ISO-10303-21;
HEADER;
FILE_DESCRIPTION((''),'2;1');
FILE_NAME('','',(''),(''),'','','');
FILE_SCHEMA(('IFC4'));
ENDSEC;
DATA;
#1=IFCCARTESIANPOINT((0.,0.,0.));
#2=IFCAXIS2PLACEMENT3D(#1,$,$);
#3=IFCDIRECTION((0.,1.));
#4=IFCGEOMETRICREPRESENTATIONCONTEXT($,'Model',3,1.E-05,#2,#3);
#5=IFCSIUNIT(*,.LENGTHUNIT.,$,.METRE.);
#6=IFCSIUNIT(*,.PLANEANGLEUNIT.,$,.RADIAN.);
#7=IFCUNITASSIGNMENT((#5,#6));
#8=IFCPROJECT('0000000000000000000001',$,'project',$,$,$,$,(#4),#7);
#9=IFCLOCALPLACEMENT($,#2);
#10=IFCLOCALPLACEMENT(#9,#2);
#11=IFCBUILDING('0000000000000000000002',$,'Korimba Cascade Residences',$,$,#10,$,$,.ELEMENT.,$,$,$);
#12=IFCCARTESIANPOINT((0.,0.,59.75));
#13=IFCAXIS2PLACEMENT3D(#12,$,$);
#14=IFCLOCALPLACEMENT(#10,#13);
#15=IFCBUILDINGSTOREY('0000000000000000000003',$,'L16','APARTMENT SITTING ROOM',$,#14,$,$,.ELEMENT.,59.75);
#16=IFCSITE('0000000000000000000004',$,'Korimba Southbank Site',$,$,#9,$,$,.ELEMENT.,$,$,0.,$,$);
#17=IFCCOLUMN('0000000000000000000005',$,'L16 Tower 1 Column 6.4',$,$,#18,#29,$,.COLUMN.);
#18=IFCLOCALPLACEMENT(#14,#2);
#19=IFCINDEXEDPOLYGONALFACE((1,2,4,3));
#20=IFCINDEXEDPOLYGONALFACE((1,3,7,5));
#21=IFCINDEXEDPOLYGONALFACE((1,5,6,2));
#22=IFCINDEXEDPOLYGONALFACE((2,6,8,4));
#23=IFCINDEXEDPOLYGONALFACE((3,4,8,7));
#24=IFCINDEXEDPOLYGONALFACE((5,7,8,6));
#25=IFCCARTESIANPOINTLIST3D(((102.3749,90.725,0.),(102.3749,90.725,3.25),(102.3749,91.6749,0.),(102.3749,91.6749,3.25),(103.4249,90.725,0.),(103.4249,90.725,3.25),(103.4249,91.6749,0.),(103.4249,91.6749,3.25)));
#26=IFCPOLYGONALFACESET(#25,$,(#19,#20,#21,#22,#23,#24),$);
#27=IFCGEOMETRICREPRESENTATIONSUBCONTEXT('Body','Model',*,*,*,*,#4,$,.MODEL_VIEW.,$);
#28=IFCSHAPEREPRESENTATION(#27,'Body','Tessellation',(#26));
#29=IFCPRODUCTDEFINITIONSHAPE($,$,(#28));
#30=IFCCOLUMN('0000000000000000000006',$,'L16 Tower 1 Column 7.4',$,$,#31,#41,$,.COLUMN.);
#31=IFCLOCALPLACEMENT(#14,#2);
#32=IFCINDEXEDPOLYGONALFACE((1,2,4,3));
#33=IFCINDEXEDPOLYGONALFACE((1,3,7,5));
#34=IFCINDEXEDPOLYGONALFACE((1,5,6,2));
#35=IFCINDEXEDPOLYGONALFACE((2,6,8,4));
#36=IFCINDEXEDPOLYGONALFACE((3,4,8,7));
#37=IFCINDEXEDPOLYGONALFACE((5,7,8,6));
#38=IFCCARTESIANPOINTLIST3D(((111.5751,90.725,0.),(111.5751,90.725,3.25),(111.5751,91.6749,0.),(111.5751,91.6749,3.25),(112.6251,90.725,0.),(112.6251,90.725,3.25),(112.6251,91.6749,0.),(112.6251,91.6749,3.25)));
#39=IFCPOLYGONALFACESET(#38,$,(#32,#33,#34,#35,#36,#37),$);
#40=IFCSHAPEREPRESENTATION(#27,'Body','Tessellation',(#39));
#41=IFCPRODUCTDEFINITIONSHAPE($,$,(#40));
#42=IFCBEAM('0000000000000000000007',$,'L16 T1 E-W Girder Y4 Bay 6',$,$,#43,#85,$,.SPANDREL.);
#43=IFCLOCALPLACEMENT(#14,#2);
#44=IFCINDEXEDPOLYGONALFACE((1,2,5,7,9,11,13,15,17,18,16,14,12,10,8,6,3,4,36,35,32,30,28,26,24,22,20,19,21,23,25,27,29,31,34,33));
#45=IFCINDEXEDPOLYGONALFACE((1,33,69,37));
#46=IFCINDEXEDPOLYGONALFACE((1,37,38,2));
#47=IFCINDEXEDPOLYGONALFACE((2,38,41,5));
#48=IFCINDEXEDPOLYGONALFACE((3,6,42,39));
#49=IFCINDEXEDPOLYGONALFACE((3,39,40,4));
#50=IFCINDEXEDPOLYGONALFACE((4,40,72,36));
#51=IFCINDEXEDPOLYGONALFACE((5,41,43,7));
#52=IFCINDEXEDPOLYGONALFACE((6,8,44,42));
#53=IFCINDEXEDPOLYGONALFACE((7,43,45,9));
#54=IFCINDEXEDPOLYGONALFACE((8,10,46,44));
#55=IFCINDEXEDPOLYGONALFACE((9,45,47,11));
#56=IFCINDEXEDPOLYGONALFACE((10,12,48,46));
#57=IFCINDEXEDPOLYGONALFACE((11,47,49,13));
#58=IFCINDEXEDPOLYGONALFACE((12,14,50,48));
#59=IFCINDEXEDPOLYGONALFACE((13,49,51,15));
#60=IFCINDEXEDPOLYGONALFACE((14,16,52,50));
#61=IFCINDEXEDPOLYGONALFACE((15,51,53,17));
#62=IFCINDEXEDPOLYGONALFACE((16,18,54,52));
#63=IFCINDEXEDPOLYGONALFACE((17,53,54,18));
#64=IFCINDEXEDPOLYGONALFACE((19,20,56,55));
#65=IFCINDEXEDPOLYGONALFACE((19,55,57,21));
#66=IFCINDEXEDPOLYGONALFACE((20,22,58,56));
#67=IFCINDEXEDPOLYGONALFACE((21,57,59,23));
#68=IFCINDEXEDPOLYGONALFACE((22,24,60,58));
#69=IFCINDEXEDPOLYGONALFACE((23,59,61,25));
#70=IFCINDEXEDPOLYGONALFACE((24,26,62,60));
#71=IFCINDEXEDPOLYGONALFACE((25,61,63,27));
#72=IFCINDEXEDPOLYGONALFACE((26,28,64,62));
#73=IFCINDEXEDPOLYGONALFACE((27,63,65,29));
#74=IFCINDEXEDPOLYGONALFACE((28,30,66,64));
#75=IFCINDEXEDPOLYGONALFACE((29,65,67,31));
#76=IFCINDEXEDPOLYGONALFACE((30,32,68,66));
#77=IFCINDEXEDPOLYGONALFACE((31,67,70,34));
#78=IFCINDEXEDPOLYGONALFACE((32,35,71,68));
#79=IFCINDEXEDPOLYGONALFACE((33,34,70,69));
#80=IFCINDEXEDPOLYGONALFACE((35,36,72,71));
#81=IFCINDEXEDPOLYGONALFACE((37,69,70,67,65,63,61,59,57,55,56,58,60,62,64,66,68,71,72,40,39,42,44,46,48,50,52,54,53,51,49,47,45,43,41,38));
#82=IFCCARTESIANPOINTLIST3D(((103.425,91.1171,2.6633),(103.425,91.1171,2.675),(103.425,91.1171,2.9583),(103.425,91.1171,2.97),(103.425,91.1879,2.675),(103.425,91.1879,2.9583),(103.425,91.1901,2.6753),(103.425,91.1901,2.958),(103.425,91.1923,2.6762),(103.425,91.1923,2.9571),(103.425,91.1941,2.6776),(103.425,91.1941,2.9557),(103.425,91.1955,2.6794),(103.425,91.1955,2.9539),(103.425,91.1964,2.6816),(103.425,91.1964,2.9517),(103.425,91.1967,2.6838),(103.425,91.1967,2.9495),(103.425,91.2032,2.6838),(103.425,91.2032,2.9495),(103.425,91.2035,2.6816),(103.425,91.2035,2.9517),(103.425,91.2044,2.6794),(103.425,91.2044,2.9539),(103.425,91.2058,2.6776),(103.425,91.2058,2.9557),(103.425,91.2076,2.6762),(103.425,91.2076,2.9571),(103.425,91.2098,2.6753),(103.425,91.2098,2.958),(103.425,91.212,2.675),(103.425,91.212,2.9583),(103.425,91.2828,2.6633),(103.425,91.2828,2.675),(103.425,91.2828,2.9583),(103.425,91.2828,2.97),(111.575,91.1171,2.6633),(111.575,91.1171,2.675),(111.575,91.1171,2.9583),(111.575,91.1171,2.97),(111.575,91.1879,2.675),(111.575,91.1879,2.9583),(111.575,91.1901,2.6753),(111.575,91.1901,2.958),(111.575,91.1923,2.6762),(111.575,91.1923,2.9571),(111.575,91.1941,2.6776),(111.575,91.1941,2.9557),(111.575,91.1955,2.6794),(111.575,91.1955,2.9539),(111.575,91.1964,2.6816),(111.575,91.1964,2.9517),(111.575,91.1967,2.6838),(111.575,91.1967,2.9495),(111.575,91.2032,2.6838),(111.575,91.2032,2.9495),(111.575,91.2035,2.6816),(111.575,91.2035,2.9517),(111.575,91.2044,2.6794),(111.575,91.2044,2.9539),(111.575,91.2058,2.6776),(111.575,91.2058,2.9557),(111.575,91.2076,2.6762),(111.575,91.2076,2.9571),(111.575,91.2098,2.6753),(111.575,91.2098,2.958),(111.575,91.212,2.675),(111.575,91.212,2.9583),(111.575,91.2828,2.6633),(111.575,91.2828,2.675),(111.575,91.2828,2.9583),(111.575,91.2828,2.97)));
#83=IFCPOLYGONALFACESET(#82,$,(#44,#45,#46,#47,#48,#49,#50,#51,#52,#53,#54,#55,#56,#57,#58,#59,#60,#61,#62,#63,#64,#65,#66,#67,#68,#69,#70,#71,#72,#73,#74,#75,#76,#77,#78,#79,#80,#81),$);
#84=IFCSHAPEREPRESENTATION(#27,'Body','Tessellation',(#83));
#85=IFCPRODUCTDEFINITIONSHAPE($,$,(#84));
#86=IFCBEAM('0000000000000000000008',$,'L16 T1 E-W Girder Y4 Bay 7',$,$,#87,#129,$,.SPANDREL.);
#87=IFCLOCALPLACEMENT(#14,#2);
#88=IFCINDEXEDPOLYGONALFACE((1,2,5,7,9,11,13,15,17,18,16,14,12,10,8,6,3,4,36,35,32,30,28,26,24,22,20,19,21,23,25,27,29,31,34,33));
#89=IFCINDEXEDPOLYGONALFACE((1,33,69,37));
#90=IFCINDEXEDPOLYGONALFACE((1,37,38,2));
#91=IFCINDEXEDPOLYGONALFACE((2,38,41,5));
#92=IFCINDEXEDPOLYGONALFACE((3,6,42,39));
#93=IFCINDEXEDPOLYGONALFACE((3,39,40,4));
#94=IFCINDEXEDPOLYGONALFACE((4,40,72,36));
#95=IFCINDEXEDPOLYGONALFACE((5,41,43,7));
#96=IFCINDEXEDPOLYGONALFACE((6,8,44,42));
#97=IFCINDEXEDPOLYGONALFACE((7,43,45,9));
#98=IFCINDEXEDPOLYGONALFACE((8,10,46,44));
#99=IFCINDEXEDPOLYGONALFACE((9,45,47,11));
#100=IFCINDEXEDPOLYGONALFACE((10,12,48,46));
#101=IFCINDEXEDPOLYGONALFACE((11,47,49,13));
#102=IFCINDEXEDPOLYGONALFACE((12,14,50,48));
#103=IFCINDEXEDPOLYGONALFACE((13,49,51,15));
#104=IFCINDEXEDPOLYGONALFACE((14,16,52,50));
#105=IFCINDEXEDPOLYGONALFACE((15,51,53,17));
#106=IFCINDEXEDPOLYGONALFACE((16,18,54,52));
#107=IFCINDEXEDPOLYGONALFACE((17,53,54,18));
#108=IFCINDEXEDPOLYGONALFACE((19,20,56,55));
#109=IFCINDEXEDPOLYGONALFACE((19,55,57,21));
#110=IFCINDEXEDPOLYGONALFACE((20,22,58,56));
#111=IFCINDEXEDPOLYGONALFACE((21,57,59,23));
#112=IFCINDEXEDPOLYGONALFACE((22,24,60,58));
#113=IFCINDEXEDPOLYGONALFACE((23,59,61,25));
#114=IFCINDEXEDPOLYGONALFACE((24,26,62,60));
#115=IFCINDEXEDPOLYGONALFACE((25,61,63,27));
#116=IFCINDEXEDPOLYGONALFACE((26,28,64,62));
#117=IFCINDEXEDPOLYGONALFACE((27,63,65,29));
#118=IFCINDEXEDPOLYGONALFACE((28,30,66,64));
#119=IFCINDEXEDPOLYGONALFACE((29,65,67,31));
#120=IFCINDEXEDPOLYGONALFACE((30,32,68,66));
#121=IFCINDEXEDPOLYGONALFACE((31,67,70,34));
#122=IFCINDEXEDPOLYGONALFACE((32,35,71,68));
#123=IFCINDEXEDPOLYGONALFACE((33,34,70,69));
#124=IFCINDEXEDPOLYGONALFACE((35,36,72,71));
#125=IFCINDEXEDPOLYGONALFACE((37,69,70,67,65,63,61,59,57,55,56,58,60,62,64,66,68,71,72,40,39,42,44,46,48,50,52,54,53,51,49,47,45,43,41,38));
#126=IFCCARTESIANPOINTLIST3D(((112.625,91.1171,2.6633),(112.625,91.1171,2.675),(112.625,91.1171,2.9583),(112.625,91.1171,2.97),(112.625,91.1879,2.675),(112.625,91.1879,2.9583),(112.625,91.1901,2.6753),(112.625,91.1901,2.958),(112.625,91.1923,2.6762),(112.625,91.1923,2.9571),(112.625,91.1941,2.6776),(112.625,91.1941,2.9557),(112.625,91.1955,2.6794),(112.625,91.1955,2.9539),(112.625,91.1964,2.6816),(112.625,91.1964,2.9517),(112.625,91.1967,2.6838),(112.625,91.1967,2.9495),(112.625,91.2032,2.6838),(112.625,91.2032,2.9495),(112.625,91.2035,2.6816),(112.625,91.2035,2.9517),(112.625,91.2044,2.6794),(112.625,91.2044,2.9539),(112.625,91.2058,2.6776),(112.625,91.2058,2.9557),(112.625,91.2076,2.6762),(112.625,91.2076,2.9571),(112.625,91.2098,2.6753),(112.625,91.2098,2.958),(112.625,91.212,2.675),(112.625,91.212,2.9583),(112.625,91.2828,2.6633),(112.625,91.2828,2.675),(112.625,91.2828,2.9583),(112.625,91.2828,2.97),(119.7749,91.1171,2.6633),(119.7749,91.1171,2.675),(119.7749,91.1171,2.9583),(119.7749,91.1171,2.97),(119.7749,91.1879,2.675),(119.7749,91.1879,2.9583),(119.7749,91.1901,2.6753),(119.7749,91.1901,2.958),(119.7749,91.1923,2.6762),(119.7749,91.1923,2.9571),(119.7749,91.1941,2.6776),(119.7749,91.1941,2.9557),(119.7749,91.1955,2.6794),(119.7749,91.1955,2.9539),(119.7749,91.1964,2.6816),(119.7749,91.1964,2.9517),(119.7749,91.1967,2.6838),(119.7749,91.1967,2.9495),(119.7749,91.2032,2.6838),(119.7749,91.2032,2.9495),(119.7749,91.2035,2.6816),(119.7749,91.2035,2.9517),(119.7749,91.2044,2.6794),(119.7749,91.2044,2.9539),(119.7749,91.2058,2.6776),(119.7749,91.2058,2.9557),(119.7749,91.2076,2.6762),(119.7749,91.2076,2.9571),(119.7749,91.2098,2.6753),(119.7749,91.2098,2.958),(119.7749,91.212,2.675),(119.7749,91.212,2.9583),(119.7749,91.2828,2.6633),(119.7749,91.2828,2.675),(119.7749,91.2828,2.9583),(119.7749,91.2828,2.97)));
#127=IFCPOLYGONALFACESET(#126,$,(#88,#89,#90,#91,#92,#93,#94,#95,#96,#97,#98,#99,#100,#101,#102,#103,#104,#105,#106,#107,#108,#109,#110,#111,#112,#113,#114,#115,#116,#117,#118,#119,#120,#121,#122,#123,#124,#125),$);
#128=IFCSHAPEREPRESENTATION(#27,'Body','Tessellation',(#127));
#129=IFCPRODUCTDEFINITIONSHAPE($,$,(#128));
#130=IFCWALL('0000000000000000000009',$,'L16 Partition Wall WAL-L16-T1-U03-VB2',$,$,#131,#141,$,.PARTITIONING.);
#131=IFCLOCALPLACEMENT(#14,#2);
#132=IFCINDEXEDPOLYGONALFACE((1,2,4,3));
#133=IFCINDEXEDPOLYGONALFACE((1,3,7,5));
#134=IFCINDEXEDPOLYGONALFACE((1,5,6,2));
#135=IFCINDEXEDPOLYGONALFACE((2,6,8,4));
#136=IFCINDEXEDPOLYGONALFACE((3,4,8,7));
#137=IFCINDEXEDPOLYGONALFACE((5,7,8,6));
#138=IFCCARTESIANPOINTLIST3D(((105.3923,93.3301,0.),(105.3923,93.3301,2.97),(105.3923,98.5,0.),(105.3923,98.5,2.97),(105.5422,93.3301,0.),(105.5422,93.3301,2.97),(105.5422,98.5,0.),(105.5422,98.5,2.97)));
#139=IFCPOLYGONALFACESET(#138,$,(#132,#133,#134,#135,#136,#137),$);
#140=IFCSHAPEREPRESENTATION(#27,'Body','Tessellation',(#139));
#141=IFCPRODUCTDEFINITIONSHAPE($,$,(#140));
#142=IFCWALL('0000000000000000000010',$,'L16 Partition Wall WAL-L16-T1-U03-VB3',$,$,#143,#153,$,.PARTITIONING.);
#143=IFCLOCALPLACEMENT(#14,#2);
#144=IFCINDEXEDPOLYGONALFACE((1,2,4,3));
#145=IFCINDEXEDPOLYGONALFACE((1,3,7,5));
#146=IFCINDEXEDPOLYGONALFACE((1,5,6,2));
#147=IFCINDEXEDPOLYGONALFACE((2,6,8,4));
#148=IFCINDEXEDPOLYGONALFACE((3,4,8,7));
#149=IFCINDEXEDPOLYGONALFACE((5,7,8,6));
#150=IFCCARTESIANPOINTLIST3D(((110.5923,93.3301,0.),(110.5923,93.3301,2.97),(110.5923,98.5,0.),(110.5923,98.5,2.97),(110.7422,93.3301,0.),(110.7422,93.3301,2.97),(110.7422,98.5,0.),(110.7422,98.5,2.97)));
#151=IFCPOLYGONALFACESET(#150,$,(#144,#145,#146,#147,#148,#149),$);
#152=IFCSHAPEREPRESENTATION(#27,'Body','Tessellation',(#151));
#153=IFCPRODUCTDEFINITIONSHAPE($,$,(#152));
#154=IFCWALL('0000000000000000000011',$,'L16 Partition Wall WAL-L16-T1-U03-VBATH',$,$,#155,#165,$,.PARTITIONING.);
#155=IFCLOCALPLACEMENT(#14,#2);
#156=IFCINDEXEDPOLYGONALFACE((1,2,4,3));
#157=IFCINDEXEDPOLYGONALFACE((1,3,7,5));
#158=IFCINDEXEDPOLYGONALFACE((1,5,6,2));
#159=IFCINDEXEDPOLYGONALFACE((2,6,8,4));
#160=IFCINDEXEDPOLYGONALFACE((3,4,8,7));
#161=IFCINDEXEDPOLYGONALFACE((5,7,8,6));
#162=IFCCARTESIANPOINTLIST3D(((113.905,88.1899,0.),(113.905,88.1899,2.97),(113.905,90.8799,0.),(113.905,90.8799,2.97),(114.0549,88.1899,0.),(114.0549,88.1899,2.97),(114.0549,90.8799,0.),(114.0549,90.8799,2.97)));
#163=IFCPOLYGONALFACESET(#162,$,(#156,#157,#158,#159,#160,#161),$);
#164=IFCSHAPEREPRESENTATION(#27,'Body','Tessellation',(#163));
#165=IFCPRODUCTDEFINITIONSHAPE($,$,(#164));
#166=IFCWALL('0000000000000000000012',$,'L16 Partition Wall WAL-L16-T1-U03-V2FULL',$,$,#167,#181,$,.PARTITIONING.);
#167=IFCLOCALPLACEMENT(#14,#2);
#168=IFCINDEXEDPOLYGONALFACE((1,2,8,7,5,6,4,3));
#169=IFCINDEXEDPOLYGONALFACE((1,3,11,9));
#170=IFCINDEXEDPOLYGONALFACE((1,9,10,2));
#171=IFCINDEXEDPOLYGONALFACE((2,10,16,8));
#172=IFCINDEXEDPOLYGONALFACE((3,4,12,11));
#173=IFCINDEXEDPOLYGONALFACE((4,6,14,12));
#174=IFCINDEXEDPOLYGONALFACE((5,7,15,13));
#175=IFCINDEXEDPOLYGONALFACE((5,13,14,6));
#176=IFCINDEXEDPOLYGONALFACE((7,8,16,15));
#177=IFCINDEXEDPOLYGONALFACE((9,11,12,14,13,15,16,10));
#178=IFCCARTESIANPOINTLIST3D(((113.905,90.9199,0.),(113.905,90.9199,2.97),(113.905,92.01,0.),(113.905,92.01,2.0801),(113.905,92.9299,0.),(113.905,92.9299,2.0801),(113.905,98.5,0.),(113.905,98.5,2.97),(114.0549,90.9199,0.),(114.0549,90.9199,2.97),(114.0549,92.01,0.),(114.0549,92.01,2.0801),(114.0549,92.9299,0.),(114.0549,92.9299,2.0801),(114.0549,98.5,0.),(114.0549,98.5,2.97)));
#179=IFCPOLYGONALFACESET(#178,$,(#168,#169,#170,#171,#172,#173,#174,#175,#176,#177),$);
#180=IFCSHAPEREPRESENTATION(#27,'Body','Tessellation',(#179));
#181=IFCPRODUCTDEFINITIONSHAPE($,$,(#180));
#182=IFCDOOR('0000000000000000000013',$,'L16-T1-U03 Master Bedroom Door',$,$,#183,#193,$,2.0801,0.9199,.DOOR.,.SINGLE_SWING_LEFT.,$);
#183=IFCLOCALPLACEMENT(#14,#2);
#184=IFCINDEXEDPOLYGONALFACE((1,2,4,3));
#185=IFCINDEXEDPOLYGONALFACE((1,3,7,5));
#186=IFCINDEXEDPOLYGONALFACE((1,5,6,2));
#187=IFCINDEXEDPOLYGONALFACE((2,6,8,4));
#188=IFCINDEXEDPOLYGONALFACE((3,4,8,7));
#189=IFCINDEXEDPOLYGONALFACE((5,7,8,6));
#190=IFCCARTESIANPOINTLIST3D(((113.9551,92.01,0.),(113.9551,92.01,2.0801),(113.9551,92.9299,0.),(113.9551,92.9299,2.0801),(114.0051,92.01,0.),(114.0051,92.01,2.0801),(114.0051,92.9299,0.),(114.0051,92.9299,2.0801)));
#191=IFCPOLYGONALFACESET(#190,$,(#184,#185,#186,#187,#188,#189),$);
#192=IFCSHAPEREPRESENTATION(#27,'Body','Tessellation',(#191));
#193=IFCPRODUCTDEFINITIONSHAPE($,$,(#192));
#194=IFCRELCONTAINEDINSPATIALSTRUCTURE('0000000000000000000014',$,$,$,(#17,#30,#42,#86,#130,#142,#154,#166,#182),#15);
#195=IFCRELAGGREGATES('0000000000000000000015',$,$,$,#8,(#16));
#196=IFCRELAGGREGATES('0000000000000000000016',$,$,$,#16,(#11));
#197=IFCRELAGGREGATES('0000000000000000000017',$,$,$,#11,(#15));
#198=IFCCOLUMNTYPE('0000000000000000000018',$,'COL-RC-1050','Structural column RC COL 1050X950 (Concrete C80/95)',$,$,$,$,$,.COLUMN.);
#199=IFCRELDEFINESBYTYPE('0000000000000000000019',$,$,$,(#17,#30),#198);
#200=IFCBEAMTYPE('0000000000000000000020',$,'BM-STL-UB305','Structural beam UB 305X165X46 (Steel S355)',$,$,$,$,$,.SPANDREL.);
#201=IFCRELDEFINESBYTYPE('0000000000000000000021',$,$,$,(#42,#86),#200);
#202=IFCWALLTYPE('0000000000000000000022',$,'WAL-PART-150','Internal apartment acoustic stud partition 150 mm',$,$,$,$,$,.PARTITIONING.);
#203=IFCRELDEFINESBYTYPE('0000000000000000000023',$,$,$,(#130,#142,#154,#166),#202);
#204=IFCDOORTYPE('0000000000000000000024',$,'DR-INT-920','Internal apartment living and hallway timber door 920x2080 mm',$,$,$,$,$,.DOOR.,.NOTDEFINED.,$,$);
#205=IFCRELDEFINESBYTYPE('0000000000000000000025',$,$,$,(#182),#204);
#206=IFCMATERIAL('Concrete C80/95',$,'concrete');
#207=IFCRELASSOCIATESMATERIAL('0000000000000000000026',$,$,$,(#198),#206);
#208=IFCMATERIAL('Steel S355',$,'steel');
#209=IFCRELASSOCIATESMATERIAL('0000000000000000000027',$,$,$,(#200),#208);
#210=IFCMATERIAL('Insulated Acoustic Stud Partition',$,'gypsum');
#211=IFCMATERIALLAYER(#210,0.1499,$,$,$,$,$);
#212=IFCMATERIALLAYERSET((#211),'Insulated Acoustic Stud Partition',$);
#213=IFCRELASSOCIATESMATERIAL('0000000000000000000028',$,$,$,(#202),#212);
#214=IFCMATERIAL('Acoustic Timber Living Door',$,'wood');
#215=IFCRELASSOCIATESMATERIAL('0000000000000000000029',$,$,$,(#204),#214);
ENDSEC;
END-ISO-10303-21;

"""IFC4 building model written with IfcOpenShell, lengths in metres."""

from ifc_helpers import new_model, si_unit, direction, frame, frame_2d, origin, origin_2d, place, context, subcontext, project, spatial, rectangle, i_section, extrude, material, layer, layer_set, material_profile, profile_set, type_object, element, fill, save


model = new_model("IFC4")

# Units and contexts
model_context = context("Model", 3, precision=1e-05, world=origin(), true_north=direction((0.0, 1.0)))
body_context = subcontext(model_context, "Body", "Model", "MODEL_VIEW")
ifc_project = project(units=[si_unit("LENGTHUNIT", "METRE"), si_unit("PLANEANGLEUNIT", "RADIAN")], contexts=[model_context])

# Site, building, storey
site_placement = place(None, origin())
site = spatial("IfcSite", under=ifc_project, at=site_placement, Name="Korimba Southbank Site", CompositionType="ELEMENT", RefElevation=0.0)
building_placement = place(site_placement, origin())
building = spatial("IfcBuilding", under=site, at=building_placement, Name="Korimba Cascade Residences", CompositionType="ELEMENT")
storey_placement = place(building_placement, frame((0.0, 0.0, 59.75)))
storey = spatial("IfcBuildingStorey", under=building, at=storey_placement, Name="L16", Description="APARTMENT SITTING ROOM", CompositionType="ELEMENT", Elevation=59.75)

# Columns
ifc_material_1 = material(Name="Concrete C80/95", Category="concrete")
ifc_material_profile_1 = material_profile(ifc_material_1, rectangle(XDim=1.05, YDim=0.95, at=origin_2d()), Name="Concrete C80/95")
ifc_profile_set_1 = profile_set([ifc_material_profile_1], Name="Concrete C80/95")
column_type = type_object("IfcColumnType", Name="COL-RC-1050", Description="Structural column RC COL 1050X950 (Concrete C80/95)", PredefinedType="COLUMN", material=ifc_profile_set_1)
for number, where, z_axis, x_axis, name in (
    (1, (102.8999, 91.2, 0.0), (0.0, 0.0, 1.0), (1.0, 0.0, 0.0), "L16 Tower 1 Column 6.4"),
    (2, (112.1001, 91.2, 0.0), (0.0, 0.0, 1.0), (1.0, 0.0, 0.0), "L16 Tower 1 Column 7.4"),
):
    element("IfcColumn", number, at=place(storey_placement, frame(where, z_axis=z_axis, x_axis=x_axis)), inside=storey, type_object=column_type, Name=name, PredefinedType="COLUMN", context=body_context, shape_type="SweptSolid", body=[
        extrude(rectangle(XDim=1.05, YDim=0.95, at=origin_2d()), origin(), (0.0, 0.0, 1.0), 3.25),
    ])

# Beams
ifc_material_2 = material(Name="Steel S355", Category="steel")
ifc_material_profile_2 = material_profile(ifc_material_2, i_section(OverallWidth=0.1658, OverallDepth=0.3066, WebThickness=0.0066, FlangeThickness=0.0117, FilletRadius=0.0088, at=origin_2d()), Name="Steel S355")
ifc_profile_set_2 = profile_set([ifc_material_profile_2], Name="Steel S355")
beam_type = type_object("IfcBeamType", Name="BM-STL-UB305", Description="Structural beam UB 305X165X46 (Steel S355)", PredefinedType="SPANDREL", material=ifc_profile_set_2)
beam_1_placement = place(storey_placement, frame((103.425, 91.2, 2.8167), z_axis=(1.0, 0.0, 0.0), x_axis=(0.0, 1.0, 0.0)))
element("IfcBeam", 3, at=beam_1_placement, inside=storey, type_object=beam_type, Name="L16 T1 E-W Girder Y4 Bay 6", PredefinedType="SPANDREL", context=body_context, shape_type="SweptSolid", body=[
    extrude(i_section(OverallWidth=0.1658, OverallDepth=0.3066, WebThickness=0.0066, FlangeThickness=0.0117, FilletRadius=0.0088, at=origin_2d()), origin(), (0.0, 0.0, 1.0), 8.1499),
])
beam_2_placement = place(storey_placement, frame((112.625, 91.2, 2.8167), z_axis=(1.0, 0.0, 0.0), x_axis=(0.0, 1.0, 0.0)))
element("IfcBeam", 4, at=beam_2_placement, inside=storey, type_object=beam_type, Name="L16 T1 E-W Girder Y4 Bay 7", PredefinedType="SPANDREL", context=body_context, shape_type="SweptSolid", body=[
    extrude(i_section(OverallWidth=0.1658, OverallDepth=0.3066, WebThickness=0.0066, FlangeThickness=0.0117, FilletRadius=0.0088, at=origin_2d()), origin(), (0.0, 0.0, 1.0), 7.1499),
])

# Walls
ifc_material_3 = material(Name="Insulated Acoustic Stud Partition", Category="gypsum")
ifc_layer = layer(ifc_material_3, 0.1499)
ifc_layer_set = layer_set([ifc_layer], Name="Insulated Acoustic Stud Partition")
wall_type = type_object("IfcWallType", Name="WAL-PART-150", Description="Internal apartment acoustic stud partition 150 mm", PredefinedType="PARTITIONING", material=ifc_layer_set)
for number, where, z_axis, x_axis, name in (
    (5, (105.4673, 93.3301, 0.0), (0.0, 0.0, 1.0), (0.0, 1.0, 0.0), "L16 Partition Wall WAL-L16-T1-U03-VB2"),
    (6, (110.6672, 93.3301, 0.0), (0.0, 0.0, 1.0), (0.0, 1.0, 0.0), "L16 Partition Wall WAL-L16-T1-U03-VB3"),
):
    element("IfcWall", number, at=place(storey_placement, frame(where, z_axis=z_axis, x_axis=x_axis)), inside=storey, type_object=wall_type, Name=name, PredefinedType="PARTITIONING", context=body_context, shape_type="SweptSolid", body=[
        extrude(rectangle(XDim=5.1699, YDim=0.1499, at=frame_2d((2.585, 0.0))), origin(), (0.0, 0.0, 1.0), 2.97),
    ])
wall_1_placement = place(storey_placement, frame((113.98, 88.1899, 0.0), z_axis=(0.0, 0.0, 1.0), x_axis=(0.0, 1.0, 0.0)))
element("IfcWall", 7, at=wall_1_placement, inside=storey, type_object=wall_type, Name="L16 Partition Wall WAL-L16-T1-U03-VBATH", PredefinedType="PARTITIONING", context=body_context, shape_type="SweptSolid", body=[
    extrude(rectangle(XDim=2.6899, YDim=0.1499, at=frame_2d((1.345, 0.0))), origin(), (0.0, 0.0, 1.0), 2.97),
])

# Wall, opening, door
wall_2_placement = place(storey_placement, frame((113.98, 90.9199, 0.0), z_axis=(0.0, 0.0, 1.0), x_axis=(0.0, 1.0, 0.0)))
wall_2 = element("IfcWall", 8, at=wall_2_placement, inside=storey, type_object=wall_type, Name="L16 Partition Wall WAL-L16-T1-U03-V2FULL", PredefinedType="PARTITIONING", context=body_context, shape_type="SweptSolid", body=[
    extrude(rectangle(XDim=7.5801, YDim=0.1499, at=frame_2d((3.79, 0.0))), origin(), (0.0, 0.0, 1.0), 2.97),
])
opening_1_placement = place(wall_2_placement, frame((1.0901, 0.0, 0.0)))
opening_1 = element("IfcOpeningElement", 9, at=opening_1_placement, cuts=wall_2, PredefinedType="OPENING", context=body_context, shape_type="SweptSolid", body=[
    extrude(rectangle(XDim=0.9199, YDim=2.0801, at=frame_2d((0.46, 1.04))), frame((0.0, 0.085, 0.0), z_axis=(0.0, -1.0, 0.0), x_axis=(1.0, 0.0, 0.0)), (0.0, 0.0, 1.0), 0.1699),
])
ifc_material_4 = material(Name="Acoustic Timber Living Door", Category="wood")
door_type_1 = type_object("IfcDoorType", Name="DR-INT-920", Description="Internal apartment living and hallway timber door 920x2080 mm", OperationType="NOTDEFINED", PredefinedType="DOOR", material=ifc_material_4)
door_1_placement = place(opening_1_placement, origin())
door_1 = element("IfcDoor", 10, at=door_1_placement, inside=storey, type_object=door_type_1, Name="L16-T1-U03 Master Bedroom Door", OperationType="SINGLE_SWING_LEFT", OverallHeight=2.0801, OverallWidth=0.9199, PredefinedType="DOOR", context=body_context, shape_type="SweptSolid", body=[
    extrude(rectangle(XDim=0.9199, YDim=2.0801, at=frame_2d((0.46, 1.04))), frame((0.0, 0.0249, 0.0), z_axis=(0.0, -1.0, 0.0), x_axis=(1.0, 0.0, 0.0)), (0.0, 0.0, 1.0), 0.05),
])
fill(opening_1, door_1)

save(model, "model.ifc")
